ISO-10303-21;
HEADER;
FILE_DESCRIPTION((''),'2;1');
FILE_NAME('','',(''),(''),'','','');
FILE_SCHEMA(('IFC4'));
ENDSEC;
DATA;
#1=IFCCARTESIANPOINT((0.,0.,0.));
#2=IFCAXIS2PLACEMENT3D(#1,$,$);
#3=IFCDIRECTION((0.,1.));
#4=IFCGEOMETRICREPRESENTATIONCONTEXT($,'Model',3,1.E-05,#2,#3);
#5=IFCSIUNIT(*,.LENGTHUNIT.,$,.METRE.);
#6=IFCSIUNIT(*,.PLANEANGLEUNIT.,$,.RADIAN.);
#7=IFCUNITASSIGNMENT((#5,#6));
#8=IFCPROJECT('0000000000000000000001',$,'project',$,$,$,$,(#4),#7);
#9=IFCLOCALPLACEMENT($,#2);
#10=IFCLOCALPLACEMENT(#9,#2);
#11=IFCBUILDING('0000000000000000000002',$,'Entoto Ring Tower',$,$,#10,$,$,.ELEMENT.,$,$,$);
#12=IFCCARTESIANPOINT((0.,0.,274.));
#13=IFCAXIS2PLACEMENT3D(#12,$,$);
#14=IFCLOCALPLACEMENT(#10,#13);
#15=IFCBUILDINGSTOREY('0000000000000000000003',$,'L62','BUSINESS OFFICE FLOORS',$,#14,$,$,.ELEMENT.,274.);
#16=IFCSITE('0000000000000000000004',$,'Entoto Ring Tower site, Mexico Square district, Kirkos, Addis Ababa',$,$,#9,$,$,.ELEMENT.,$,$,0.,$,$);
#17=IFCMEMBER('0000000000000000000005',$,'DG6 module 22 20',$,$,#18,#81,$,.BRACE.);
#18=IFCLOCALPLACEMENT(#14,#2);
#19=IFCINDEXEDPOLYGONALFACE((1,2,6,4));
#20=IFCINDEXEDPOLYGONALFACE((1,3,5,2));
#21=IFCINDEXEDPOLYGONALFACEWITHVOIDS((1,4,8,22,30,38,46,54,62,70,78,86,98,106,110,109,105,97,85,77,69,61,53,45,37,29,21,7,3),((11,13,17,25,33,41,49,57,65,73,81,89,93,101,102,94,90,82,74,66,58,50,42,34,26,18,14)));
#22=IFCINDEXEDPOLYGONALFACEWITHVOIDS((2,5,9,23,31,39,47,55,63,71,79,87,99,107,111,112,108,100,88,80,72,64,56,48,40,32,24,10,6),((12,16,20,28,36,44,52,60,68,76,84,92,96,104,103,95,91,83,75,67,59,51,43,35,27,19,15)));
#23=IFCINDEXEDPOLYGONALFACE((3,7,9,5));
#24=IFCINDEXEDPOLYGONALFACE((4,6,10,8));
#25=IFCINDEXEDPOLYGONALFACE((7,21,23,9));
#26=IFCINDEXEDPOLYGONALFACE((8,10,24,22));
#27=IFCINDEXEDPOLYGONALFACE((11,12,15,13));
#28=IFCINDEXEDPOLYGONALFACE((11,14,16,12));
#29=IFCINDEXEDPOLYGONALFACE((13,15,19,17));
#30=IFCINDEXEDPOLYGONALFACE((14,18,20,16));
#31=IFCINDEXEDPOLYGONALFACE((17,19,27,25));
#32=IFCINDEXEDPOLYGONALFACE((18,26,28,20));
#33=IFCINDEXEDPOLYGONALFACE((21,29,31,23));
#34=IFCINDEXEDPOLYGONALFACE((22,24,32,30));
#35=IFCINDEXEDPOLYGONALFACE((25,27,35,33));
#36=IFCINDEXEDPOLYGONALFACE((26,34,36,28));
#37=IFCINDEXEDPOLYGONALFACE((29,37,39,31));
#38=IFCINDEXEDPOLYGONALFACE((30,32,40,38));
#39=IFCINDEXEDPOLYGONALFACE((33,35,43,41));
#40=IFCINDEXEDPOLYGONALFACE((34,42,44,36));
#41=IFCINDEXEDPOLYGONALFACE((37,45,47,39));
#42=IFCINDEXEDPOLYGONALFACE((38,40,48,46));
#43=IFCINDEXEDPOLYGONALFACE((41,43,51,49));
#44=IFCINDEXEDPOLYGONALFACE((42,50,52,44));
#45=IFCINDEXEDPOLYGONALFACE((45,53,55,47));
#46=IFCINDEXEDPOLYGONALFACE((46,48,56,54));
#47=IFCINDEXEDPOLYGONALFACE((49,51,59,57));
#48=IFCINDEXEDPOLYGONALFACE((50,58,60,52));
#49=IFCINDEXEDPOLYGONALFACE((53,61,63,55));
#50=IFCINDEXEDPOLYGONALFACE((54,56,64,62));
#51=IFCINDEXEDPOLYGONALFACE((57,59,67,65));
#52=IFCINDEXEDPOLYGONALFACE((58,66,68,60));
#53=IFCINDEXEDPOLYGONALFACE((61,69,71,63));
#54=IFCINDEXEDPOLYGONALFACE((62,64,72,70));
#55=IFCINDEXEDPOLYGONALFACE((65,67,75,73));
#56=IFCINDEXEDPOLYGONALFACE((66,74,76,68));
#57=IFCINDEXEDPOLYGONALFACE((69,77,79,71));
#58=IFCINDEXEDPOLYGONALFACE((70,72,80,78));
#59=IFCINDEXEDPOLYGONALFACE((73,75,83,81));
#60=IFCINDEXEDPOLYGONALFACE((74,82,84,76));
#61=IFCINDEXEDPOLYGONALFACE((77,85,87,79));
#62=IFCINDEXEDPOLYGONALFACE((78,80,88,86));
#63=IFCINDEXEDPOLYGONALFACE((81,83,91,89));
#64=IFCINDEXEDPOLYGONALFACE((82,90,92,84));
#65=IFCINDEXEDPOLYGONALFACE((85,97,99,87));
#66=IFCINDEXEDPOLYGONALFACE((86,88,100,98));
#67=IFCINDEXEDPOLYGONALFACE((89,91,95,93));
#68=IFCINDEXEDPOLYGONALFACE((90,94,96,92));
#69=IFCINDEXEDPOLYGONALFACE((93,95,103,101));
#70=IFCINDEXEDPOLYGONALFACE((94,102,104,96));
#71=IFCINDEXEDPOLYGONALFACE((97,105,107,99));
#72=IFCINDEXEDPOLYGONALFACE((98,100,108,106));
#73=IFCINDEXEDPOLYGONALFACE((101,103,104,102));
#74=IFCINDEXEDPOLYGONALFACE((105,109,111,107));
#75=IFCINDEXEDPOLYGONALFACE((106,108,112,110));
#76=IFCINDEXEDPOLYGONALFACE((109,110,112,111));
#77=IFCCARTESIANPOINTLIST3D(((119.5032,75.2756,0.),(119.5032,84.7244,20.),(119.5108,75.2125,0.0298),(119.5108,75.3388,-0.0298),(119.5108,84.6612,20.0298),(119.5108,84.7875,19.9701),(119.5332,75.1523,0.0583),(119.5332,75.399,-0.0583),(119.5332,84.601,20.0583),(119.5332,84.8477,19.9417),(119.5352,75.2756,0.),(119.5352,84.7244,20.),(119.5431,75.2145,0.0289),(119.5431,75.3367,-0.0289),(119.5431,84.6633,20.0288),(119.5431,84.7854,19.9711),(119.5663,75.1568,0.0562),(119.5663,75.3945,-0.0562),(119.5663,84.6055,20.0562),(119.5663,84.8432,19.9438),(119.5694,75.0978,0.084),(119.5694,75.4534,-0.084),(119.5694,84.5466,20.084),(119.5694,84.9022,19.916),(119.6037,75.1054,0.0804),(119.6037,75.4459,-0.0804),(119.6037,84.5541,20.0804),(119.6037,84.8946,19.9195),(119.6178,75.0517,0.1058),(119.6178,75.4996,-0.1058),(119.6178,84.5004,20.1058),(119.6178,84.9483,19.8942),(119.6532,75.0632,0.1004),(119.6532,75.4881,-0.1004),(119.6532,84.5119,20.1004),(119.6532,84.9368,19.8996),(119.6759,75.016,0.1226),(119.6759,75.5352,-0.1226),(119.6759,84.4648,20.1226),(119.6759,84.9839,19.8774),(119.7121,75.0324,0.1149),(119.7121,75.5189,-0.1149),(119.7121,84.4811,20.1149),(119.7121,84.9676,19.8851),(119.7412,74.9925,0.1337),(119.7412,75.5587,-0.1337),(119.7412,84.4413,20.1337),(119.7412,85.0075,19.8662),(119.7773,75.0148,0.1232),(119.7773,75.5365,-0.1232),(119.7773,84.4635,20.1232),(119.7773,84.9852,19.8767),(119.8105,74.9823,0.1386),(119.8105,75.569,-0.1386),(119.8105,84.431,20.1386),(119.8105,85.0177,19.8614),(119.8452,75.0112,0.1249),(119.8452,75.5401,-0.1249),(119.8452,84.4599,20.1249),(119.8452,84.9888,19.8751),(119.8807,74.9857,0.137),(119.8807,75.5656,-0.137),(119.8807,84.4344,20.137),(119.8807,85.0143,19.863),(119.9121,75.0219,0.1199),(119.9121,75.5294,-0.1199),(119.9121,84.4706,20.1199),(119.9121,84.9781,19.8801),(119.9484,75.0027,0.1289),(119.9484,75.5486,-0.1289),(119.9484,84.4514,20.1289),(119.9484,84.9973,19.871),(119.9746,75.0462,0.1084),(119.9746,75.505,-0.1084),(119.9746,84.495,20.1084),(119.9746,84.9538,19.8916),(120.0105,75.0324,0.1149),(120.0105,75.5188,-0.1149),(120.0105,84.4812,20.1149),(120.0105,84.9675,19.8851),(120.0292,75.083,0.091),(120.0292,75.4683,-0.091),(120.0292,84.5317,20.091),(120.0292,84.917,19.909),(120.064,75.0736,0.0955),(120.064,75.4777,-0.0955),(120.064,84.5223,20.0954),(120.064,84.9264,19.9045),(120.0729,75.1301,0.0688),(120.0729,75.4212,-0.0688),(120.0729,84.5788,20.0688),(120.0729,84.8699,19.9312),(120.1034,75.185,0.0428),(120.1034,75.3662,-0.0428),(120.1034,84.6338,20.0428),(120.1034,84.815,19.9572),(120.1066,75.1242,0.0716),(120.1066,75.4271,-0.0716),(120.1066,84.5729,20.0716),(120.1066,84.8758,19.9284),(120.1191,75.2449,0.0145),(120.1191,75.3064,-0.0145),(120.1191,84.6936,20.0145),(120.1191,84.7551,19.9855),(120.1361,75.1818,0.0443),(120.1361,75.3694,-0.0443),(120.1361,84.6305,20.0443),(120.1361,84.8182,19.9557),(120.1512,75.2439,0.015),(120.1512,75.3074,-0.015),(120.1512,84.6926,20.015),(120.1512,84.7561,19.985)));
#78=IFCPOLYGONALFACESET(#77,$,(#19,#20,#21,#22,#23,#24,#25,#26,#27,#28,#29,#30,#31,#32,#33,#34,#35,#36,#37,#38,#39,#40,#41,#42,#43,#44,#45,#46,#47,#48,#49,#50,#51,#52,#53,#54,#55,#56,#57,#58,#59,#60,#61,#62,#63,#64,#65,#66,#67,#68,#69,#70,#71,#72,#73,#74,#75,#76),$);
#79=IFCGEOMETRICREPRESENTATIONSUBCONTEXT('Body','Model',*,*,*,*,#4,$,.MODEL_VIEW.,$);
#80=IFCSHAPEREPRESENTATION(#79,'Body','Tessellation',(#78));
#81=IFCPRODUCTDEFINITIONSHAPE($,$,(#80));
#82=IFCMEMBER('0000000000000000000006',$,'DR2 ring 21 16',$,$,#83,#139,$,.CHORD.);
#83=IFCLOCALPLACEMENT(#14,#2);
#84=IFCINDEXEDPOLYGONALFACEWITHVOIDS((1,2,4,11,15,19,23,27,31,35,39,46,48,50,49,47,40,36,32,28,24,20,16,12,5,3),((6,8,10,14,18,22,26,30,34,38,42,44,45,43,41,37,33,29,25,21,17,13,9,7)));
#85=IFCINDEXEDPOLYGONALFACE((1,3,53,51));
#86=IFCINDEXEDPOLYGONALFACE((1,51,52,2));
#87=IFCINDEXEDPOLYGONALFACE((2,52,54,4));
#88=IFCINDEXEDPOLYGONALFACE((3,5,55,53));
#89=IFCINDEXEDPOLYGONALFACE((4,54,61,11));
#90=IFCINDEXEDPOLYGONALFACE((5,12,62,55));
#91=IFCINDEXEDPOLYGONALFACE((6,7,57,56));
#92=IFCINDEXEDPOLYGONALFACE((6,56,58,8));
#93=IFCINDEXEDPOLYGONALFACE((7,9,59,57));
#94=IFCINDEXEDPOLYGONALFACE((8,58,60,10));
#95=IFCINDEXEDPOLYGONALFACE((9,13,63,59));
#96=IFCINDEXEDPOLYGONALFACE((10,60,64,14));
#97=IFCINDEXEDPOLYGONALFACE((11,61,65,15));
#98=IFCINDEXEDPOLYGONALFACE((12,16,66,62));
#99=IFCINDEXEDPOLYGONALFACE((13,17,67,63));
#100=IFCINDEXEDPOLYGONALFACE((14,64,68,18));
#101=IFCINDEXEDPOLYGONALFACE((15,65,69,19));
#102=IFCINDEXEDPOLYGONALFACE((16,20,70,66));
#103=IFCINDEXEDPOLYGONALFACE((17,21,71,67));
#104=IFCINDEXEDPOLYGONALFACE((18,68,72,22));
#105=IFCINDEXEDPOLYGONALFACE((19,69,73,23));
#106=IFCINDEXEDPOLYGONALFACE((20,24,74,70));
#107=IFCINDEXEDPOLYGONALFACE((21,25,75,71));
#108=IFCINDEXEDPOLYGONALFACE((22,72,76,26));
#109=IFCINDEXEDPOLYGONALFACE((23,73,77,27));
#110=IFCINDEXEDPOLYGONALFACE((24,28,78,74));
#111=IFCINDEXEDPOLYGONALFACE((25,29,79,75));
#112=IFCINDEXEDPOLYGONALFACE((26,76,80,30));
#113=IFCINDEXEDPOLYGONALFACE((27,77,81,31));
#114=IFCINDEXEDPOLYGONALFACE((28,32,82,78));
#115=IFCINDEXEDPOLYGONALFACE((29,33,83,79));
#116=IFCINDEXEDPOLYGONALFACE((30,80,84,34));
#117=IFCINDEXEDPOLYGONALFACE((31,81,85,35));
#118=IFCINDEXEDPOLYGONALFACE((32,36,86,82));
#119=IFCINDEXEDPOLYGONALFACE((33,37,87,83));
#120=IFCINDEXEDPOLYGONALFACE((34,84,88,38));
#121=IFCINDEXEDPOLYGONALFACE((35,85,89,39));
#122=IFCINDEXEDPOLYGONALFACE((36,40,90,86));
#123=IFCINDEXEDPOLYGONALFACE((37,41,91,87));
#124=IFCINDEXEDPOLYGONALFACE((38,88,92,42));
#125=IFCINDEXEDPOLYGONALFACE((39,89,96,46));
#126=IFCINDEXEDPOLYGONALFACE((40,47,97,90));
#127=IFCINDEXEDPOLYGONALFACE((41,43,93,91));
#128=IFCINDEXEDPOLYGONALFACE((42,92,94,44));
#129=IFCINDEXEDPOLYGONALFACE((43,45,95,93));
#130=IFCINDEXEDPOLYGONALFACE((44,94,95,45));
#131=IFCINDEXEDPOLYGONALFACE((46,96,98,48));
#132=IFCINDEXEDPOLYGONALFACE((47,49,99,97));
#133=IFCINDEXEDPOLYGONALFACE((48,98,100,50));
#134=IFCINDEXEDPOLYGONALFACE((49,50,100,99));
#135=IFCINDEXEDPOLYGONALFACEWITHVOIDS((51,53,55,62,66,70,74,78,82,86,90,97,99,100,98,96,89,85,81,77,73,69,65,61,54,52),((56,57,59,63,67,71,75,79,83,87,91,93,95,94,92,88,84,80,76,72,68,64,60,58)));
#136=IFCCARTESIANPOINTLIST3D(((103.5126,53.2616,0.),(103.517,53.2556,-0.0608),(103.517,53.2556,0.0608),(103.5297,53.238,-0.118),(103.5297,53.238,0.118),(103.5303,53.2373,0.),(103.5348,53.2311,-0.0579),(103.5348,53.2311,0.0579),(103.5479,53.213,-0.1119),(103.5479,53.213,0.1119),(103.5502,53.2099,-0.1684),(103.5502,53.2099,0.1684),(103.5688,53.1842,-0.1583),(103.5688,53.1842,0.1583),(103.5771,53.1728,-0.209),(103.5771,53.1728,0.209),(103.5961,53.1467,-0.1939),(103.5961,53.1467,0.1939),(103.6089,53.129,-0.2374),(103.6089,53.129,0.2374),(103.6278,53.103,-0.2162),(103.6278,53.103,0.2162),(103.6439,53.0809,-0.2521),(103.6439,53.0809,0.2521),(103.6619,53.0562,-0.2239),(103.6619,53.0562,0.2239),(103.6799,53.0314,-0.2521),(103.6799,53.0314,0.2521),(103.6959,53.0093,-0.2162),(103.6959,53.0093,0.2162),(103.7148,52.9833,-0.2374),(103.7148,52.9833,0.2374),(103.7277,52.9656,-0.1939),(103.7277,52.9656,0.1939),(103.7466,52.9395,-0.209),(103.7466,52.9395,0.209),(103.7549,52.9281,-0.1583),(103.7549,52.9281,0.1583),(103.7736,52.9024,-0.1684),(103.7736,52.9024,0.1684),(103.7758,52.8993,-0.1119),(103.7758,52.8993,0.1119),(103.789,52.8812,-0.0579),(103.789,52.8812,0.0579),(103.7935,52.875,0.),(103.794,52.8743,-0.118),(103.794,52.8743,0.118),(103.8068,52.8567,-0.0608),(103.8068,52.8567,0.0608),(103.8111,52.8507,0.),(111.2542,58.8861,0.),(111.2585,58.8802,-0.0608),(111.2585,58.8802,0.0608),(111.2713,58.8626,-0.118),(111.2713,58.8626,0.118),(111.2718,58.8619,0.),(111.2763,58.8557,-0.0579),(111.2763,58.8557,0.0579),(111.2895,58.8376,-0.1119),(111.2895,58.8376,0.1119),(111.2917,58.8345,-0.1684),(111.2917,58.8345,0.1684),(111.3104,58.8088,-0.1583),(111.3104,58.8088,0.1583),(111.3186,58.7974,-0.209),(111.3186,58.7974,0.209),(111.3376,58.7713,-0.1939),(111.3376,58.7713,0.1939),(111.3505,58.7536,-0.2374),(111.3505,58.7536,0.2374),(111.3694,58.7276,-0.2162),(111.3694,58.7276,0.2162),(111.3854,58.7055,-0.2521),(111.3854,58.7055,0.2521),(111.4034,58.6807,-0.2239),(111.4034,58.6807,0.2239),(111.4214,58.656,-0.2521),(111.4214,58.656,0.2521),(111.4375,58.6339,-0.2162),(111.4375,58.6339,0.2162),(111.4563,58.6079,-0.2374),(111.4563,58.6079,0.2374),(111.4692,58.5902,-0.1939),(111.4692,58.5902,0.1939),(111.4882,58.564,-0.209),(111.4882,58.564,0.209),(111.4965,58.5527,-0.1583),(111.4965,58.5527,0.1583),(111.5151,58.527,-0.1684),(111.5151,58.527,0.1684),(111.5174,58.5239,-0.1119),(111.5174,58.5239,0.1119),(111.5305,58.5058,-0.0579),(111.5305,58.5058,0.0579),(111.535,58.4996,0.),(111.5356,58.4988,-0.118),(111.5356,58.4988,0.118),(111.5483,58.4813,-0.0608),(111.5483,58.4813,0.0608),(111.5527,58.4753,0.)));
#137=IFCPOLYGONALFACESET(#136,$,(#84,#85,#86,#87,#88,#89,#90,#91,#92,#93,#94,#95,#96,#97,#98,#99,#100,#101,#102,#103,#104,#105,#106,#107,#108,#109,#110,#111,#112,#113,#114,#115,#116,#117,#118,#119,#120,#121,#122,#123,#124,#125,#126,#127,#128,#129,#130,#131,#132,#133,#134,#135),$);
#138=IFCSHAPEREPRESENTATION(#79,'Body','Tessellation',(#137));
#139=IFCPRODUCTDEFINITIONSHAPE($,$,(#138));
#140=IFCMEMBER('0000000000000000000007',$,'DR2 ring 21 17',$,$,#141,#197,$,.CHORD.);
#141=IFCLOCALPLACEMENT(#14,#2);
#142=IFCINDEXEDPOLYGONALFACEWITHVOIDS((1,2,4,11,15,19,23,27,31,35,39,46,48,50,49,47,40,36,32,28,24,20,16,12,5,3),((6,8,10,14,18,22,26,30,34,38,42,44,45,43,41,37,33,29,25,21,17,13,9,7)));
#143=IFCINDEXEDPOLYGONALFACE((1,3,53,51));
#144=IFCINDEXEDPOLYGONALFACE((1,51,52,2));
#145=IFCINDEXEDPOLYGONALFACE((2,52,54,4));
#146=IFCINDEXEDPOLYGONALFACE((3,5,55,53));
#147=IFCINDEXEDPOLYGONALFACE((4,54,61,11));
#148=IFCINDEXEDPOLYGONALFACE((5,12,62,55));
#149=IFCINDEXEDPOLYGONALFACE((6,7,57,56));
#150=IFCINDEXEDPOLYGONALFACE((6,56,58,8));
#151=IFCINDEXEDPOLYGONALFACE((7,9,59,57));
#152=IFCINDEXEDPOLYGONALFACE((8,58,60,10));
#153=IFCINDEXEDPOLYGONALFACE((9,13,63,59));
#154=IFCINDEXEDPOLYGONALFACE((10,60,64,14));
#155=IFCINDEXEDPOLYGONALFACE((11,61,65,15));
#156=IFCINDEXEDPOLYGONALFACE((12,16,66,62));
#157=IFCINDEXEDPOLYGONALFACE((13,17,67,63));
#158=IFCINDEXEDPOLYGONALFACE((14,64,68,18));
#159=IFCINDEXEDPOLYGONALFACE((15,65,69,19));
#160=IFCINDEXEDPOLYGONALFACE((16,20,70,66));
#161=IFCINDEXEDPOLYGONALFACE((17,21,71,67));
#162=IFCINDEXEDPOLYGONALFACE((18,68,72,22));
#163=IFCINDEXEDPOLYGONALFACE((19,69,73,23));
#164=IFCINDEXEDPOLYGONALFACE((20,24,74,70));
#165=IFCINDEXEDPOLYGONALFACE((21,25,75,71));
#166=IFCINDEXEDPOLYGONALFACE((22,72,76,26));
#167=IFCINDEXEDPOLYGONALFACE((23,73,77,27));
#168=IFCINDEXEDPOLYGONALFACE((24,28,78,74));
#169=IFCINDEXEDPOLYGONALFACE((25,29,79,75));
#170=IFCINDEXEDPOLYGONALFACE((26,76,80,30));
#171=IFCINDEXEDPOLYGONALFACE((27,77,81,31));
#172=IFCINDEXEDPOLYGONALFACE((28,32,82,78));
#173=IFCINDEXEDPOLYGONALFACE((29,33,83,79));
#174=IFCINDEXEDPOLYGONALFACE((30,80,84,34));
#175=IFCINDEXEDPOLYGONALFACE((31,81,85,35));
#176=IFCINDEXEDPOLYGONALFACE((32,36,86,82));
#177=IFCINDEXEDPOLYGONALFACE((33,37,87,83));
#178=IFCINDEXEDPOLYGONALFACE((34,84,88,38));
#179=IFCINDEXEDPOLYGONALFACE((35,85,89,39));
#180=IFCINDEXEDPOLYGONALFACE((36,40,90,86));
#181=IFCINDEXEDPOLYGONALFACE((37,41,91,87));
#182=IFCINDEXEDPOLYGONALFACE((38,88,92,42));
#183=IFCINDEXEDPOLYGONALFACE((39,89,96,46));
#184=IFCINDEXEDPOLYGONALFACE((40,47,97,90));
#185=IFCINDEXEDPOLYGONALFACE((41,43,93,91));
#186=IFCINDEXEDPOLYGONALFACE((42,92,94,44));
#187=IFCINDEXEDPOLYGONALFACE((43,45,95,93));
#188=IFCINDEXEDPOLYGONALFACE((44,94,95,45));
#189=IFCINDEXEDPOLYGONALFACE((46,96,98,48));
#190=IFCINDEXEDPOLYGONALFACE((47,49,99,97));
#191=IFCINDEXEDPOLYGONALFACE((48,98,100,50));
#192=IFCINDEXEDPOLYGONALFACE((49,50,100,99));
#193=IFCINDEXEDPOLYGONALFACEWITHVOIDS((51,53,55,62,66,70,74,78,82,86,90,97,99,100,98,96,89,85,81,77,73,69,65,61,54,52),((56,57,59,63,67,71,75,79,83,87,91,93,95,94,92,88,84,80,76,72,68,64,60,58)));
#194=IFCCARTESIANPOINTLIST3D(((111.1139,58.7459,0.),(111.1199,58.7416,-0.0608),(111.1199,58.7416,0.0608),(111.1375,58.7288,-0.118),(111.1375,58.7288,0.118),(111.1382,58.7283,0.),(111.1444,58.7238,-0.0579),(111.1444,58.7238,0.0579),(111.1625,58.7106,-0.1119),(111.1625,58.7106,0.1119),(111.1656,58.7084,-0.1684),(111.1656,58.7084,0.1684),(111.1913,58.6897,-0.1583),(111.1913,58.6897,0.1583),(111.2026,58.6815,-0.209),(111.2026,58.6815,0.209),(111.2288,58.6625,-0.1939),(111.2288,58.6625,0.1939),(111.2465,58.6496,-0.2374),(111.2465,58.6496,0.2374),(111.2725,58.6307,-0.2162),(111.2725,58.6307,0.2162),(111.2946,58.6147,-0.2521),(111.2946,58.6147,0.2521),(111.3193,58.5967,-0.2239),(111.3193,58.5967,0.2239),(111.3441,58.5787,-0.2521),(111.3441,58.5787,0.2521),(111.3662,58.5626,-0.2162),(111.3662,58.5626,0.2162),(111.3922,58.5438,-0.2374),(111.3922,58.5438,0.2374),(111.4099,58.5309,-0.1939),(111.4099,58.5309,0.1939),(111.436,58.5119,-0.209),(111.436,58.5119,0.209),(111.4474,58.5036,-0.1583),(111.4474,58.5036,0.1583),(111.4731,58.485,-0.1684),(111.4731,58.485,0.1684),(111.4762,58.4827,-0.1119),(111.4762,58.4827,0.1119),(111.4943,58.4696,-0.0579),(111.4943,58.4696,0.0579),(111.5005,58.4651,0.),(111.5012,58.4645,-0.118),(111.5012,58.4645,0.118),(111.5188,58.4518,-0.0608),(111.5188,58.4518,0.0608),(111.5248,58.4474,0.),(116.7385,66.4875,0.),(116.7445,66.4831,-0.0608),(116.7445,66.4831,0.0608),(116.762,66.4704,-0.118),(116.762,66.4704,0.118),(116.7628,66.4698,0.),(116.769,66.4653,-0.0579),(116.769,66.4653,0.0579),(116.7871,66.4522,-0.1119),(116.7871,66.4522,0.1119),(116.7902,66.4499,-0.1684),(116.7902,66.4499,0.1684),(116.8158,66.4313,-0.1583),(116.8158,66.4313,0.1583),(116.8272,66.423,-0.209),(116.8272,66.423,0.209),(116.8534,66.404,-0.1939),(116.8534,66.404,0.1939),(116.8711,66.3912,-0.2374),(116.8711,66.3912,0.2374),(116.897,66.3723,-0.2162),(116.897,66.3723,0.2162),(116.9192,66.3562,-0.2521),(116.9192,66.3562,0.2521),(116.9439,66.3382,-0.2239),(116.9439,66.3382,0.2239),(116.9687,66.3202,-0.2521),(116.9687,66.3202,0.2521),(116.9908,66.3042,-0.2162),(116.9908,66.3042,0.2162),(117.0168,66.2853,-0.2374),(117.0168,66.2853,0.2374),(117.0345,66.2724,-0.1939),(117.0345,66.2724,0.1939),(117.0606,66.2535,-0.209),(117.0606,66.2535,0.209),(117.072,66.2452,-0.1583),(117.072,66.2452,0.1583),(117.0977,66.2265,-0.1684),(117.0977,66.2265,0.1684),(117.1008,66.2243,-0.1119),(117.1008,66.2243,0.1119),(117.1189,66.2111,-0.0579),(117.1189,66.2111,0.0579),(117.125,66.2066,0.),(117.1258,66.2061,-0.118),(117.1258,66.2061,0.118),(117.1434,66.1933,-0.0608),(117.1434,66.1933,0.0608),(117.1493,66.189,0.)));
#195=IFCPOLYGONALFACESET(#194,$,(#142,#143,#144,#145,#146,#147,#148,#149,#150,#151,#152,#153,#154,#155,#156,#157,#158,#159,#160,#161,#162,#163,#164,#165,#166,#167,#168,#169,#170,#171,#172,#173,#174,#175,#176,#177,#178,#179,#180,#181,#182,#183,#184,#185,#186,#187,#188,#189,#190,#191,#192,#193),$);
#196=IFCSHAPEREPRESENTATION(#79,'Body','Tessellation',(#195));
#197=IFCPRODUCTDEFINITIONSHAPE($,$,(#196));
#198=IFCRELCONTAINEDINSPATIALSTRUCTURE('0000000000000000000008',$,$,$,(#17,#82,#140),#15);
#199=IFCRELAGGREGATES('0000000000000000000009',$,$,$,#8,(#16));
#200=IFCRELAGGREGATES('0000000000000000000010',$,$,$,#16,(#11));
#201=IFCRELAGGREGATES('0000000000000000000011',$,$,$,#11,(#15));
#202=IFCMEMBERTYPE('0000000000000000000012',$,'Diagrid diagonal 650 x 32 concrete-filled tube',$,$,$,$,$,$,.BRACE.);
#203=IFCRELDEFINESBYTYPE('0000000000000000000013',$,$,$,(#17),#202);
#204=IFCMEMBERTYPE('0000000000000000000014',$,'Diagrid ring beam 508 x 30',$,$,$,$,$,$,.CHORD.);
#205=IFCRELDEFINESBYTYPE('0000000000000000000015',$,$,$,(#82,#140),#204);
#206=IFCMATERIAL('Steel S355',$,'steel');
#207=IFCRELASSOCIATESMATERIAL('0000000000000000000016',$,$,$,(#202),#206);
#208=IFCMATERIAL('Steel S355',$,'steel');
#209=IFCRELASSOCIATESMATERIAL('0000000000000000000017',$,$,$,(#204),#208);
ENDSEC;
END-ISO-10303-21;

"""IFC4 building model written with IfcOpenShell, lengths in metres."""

from ifc_helpers import new_model, si_unit, direction, frame, origin, origin_2d, place, context, subcontext, project, spatial, circle, hollow_circle, extrude, material, material_profile, profile_set, type_object, element, save


model = new_model("IFC4")

# Units and contexts
model_context = context("Model", 3, precision=1e-05, world=origin(), true_north=direction((0.0, 1.0)))
body_context = subcontext(model_context, "Body", "Model", "MODEL_VIEW")
ifc_project = project(units=[si_unit("LENGTHUNIT", "METRE"), si_unit("PLANEANGLEUNIT", "RADIAN")], contexts=[model_context])

# Site, building, storey
site_placement = place(None, origin())
site = spatial("IfcSite", under=ifc_project, at=site_placement, Name="Entoto Ring Tower site, Mexico Square district, Kirkos, Addis Ababa", CompositionType="ELEMENT", RefElevation=0.0)
building_placement = place(site_placement, origin())
building = spatial("IfcBuilding", under=site, at=building_placement, Name="Entoto Ring Tower", CompositionType="ELEMENT")
storey_placement = place(building_placement, frame((0.0, 0.0, 274.0)))
storey = spatial("IfcBuildingStorey", under=building, at=storey_placement, Name="L62", Description="BUSINESS OFFICE FLOORS", CompositionType="ELEMENT", Elevation=274.0)

# Members
ifc_material_1 = material(Name="Steel S355", Category="steel")
ifc_material_profile_1 = material_profile(ifc_material_1, hollow_circle(Radius=0.325, WallThickness=0.032, at=origin_2d()), Name="CHS 650 x 32")
ifc_material_2 = material(Name="Concrete C60/75", Category="concrete")
ifc_material_profile_2 = material_profile(ifc_material_2, circle(Radius=0.293, at=origin_2d()), Name="Concrete C60/75 infill")
ifc_profile_set_1 = profile_set([ifc_material_profile_1, ifc_material_profile_2], Name="Steel S355")
member_type_1 = type_object("IfcMemberType", Name="Diagrid diagonal 650 x 32 concrete-filled tube", PredefinedType="BRACE", material=ifc_profile_set_1)
for number, where, z_axis, x_axis, name in (
    (1, (119.8281, 75.2756, 0.0), (0.0, 0.427165, 0.904174), (-1.0, 0.0, 0.0), "DG6 module 22 20"),
):
    element("IfcMember", number, at=place(storey_placement, frame(where, z_axis=z_axis, x_axis=x_axis)), inside=storey, type_object=member_type_1, Name=name, PredefinedType="BRACE", context=body_context, shape_type="SweptSolid", body=[
        extrude(hollow_circle(Radius=0.325, WallThickness=0.032, at=origin_2d()), origin(), (0.0, 0.0, 1.0), 22.1196),
    ])
ifc_material_3 = material(Name="Steel S355", Category="steel")
ifc_material_profile_3 = material_profile(ifc_material_3, hollow_circle(Radius=0.2539, WallThickness=0.03, at=origin_2d()), Name="CHS 508 x 30")
ifc_material_4 = material(Name="Concrete C60/75", Category="concrete")
ifc_material_profile_4 = material_profile(ifc_material_4, circle(Radius=0.2241, at=origin_2d()), Name="Concrete C60/75 infill")
ifc_profile_set_2 = profile_set([ifc_material_profile_3, ifc_material_profile_4], Name="Steel S355")
member_type_2 = type_object("IfcMemberType", Name="Diagrid ring beam 508 x 30", PredefinedType="CHORD", material=ifc_profile_set_2)
for number, where, z_axis, x_axis, name in (
    (2, (103.6619, 53.0562, 0.0), (0.809016, 0.587786, 0.0), (-0.587786, 0.809016, 0.0), "DR2 ring 21 16"),
    (3, (111.3193, 58.5967, 0.0), (0.587786, 0.809016, 0.0), (-0.809016, 0.587786, 0.0), "DR2 ring 21 17"),
):
    element("IfcMember", number, at=place(storey_placement, frame(where, z_axis=z_axis, x_axis=x_axis)), inside=storey, type_object=member_type_2, Name=name, PredefinedType="CHORD", context=body_context, shape_type="SweptSolid", body=[
        extrude(hollow_circle(Radius=0.2539, WallThickness=0.03, at=origin_2d()), origin(), (0.0, 0.0, 1.0), 9.5691),
    ])

save(model, "model.ifc")
